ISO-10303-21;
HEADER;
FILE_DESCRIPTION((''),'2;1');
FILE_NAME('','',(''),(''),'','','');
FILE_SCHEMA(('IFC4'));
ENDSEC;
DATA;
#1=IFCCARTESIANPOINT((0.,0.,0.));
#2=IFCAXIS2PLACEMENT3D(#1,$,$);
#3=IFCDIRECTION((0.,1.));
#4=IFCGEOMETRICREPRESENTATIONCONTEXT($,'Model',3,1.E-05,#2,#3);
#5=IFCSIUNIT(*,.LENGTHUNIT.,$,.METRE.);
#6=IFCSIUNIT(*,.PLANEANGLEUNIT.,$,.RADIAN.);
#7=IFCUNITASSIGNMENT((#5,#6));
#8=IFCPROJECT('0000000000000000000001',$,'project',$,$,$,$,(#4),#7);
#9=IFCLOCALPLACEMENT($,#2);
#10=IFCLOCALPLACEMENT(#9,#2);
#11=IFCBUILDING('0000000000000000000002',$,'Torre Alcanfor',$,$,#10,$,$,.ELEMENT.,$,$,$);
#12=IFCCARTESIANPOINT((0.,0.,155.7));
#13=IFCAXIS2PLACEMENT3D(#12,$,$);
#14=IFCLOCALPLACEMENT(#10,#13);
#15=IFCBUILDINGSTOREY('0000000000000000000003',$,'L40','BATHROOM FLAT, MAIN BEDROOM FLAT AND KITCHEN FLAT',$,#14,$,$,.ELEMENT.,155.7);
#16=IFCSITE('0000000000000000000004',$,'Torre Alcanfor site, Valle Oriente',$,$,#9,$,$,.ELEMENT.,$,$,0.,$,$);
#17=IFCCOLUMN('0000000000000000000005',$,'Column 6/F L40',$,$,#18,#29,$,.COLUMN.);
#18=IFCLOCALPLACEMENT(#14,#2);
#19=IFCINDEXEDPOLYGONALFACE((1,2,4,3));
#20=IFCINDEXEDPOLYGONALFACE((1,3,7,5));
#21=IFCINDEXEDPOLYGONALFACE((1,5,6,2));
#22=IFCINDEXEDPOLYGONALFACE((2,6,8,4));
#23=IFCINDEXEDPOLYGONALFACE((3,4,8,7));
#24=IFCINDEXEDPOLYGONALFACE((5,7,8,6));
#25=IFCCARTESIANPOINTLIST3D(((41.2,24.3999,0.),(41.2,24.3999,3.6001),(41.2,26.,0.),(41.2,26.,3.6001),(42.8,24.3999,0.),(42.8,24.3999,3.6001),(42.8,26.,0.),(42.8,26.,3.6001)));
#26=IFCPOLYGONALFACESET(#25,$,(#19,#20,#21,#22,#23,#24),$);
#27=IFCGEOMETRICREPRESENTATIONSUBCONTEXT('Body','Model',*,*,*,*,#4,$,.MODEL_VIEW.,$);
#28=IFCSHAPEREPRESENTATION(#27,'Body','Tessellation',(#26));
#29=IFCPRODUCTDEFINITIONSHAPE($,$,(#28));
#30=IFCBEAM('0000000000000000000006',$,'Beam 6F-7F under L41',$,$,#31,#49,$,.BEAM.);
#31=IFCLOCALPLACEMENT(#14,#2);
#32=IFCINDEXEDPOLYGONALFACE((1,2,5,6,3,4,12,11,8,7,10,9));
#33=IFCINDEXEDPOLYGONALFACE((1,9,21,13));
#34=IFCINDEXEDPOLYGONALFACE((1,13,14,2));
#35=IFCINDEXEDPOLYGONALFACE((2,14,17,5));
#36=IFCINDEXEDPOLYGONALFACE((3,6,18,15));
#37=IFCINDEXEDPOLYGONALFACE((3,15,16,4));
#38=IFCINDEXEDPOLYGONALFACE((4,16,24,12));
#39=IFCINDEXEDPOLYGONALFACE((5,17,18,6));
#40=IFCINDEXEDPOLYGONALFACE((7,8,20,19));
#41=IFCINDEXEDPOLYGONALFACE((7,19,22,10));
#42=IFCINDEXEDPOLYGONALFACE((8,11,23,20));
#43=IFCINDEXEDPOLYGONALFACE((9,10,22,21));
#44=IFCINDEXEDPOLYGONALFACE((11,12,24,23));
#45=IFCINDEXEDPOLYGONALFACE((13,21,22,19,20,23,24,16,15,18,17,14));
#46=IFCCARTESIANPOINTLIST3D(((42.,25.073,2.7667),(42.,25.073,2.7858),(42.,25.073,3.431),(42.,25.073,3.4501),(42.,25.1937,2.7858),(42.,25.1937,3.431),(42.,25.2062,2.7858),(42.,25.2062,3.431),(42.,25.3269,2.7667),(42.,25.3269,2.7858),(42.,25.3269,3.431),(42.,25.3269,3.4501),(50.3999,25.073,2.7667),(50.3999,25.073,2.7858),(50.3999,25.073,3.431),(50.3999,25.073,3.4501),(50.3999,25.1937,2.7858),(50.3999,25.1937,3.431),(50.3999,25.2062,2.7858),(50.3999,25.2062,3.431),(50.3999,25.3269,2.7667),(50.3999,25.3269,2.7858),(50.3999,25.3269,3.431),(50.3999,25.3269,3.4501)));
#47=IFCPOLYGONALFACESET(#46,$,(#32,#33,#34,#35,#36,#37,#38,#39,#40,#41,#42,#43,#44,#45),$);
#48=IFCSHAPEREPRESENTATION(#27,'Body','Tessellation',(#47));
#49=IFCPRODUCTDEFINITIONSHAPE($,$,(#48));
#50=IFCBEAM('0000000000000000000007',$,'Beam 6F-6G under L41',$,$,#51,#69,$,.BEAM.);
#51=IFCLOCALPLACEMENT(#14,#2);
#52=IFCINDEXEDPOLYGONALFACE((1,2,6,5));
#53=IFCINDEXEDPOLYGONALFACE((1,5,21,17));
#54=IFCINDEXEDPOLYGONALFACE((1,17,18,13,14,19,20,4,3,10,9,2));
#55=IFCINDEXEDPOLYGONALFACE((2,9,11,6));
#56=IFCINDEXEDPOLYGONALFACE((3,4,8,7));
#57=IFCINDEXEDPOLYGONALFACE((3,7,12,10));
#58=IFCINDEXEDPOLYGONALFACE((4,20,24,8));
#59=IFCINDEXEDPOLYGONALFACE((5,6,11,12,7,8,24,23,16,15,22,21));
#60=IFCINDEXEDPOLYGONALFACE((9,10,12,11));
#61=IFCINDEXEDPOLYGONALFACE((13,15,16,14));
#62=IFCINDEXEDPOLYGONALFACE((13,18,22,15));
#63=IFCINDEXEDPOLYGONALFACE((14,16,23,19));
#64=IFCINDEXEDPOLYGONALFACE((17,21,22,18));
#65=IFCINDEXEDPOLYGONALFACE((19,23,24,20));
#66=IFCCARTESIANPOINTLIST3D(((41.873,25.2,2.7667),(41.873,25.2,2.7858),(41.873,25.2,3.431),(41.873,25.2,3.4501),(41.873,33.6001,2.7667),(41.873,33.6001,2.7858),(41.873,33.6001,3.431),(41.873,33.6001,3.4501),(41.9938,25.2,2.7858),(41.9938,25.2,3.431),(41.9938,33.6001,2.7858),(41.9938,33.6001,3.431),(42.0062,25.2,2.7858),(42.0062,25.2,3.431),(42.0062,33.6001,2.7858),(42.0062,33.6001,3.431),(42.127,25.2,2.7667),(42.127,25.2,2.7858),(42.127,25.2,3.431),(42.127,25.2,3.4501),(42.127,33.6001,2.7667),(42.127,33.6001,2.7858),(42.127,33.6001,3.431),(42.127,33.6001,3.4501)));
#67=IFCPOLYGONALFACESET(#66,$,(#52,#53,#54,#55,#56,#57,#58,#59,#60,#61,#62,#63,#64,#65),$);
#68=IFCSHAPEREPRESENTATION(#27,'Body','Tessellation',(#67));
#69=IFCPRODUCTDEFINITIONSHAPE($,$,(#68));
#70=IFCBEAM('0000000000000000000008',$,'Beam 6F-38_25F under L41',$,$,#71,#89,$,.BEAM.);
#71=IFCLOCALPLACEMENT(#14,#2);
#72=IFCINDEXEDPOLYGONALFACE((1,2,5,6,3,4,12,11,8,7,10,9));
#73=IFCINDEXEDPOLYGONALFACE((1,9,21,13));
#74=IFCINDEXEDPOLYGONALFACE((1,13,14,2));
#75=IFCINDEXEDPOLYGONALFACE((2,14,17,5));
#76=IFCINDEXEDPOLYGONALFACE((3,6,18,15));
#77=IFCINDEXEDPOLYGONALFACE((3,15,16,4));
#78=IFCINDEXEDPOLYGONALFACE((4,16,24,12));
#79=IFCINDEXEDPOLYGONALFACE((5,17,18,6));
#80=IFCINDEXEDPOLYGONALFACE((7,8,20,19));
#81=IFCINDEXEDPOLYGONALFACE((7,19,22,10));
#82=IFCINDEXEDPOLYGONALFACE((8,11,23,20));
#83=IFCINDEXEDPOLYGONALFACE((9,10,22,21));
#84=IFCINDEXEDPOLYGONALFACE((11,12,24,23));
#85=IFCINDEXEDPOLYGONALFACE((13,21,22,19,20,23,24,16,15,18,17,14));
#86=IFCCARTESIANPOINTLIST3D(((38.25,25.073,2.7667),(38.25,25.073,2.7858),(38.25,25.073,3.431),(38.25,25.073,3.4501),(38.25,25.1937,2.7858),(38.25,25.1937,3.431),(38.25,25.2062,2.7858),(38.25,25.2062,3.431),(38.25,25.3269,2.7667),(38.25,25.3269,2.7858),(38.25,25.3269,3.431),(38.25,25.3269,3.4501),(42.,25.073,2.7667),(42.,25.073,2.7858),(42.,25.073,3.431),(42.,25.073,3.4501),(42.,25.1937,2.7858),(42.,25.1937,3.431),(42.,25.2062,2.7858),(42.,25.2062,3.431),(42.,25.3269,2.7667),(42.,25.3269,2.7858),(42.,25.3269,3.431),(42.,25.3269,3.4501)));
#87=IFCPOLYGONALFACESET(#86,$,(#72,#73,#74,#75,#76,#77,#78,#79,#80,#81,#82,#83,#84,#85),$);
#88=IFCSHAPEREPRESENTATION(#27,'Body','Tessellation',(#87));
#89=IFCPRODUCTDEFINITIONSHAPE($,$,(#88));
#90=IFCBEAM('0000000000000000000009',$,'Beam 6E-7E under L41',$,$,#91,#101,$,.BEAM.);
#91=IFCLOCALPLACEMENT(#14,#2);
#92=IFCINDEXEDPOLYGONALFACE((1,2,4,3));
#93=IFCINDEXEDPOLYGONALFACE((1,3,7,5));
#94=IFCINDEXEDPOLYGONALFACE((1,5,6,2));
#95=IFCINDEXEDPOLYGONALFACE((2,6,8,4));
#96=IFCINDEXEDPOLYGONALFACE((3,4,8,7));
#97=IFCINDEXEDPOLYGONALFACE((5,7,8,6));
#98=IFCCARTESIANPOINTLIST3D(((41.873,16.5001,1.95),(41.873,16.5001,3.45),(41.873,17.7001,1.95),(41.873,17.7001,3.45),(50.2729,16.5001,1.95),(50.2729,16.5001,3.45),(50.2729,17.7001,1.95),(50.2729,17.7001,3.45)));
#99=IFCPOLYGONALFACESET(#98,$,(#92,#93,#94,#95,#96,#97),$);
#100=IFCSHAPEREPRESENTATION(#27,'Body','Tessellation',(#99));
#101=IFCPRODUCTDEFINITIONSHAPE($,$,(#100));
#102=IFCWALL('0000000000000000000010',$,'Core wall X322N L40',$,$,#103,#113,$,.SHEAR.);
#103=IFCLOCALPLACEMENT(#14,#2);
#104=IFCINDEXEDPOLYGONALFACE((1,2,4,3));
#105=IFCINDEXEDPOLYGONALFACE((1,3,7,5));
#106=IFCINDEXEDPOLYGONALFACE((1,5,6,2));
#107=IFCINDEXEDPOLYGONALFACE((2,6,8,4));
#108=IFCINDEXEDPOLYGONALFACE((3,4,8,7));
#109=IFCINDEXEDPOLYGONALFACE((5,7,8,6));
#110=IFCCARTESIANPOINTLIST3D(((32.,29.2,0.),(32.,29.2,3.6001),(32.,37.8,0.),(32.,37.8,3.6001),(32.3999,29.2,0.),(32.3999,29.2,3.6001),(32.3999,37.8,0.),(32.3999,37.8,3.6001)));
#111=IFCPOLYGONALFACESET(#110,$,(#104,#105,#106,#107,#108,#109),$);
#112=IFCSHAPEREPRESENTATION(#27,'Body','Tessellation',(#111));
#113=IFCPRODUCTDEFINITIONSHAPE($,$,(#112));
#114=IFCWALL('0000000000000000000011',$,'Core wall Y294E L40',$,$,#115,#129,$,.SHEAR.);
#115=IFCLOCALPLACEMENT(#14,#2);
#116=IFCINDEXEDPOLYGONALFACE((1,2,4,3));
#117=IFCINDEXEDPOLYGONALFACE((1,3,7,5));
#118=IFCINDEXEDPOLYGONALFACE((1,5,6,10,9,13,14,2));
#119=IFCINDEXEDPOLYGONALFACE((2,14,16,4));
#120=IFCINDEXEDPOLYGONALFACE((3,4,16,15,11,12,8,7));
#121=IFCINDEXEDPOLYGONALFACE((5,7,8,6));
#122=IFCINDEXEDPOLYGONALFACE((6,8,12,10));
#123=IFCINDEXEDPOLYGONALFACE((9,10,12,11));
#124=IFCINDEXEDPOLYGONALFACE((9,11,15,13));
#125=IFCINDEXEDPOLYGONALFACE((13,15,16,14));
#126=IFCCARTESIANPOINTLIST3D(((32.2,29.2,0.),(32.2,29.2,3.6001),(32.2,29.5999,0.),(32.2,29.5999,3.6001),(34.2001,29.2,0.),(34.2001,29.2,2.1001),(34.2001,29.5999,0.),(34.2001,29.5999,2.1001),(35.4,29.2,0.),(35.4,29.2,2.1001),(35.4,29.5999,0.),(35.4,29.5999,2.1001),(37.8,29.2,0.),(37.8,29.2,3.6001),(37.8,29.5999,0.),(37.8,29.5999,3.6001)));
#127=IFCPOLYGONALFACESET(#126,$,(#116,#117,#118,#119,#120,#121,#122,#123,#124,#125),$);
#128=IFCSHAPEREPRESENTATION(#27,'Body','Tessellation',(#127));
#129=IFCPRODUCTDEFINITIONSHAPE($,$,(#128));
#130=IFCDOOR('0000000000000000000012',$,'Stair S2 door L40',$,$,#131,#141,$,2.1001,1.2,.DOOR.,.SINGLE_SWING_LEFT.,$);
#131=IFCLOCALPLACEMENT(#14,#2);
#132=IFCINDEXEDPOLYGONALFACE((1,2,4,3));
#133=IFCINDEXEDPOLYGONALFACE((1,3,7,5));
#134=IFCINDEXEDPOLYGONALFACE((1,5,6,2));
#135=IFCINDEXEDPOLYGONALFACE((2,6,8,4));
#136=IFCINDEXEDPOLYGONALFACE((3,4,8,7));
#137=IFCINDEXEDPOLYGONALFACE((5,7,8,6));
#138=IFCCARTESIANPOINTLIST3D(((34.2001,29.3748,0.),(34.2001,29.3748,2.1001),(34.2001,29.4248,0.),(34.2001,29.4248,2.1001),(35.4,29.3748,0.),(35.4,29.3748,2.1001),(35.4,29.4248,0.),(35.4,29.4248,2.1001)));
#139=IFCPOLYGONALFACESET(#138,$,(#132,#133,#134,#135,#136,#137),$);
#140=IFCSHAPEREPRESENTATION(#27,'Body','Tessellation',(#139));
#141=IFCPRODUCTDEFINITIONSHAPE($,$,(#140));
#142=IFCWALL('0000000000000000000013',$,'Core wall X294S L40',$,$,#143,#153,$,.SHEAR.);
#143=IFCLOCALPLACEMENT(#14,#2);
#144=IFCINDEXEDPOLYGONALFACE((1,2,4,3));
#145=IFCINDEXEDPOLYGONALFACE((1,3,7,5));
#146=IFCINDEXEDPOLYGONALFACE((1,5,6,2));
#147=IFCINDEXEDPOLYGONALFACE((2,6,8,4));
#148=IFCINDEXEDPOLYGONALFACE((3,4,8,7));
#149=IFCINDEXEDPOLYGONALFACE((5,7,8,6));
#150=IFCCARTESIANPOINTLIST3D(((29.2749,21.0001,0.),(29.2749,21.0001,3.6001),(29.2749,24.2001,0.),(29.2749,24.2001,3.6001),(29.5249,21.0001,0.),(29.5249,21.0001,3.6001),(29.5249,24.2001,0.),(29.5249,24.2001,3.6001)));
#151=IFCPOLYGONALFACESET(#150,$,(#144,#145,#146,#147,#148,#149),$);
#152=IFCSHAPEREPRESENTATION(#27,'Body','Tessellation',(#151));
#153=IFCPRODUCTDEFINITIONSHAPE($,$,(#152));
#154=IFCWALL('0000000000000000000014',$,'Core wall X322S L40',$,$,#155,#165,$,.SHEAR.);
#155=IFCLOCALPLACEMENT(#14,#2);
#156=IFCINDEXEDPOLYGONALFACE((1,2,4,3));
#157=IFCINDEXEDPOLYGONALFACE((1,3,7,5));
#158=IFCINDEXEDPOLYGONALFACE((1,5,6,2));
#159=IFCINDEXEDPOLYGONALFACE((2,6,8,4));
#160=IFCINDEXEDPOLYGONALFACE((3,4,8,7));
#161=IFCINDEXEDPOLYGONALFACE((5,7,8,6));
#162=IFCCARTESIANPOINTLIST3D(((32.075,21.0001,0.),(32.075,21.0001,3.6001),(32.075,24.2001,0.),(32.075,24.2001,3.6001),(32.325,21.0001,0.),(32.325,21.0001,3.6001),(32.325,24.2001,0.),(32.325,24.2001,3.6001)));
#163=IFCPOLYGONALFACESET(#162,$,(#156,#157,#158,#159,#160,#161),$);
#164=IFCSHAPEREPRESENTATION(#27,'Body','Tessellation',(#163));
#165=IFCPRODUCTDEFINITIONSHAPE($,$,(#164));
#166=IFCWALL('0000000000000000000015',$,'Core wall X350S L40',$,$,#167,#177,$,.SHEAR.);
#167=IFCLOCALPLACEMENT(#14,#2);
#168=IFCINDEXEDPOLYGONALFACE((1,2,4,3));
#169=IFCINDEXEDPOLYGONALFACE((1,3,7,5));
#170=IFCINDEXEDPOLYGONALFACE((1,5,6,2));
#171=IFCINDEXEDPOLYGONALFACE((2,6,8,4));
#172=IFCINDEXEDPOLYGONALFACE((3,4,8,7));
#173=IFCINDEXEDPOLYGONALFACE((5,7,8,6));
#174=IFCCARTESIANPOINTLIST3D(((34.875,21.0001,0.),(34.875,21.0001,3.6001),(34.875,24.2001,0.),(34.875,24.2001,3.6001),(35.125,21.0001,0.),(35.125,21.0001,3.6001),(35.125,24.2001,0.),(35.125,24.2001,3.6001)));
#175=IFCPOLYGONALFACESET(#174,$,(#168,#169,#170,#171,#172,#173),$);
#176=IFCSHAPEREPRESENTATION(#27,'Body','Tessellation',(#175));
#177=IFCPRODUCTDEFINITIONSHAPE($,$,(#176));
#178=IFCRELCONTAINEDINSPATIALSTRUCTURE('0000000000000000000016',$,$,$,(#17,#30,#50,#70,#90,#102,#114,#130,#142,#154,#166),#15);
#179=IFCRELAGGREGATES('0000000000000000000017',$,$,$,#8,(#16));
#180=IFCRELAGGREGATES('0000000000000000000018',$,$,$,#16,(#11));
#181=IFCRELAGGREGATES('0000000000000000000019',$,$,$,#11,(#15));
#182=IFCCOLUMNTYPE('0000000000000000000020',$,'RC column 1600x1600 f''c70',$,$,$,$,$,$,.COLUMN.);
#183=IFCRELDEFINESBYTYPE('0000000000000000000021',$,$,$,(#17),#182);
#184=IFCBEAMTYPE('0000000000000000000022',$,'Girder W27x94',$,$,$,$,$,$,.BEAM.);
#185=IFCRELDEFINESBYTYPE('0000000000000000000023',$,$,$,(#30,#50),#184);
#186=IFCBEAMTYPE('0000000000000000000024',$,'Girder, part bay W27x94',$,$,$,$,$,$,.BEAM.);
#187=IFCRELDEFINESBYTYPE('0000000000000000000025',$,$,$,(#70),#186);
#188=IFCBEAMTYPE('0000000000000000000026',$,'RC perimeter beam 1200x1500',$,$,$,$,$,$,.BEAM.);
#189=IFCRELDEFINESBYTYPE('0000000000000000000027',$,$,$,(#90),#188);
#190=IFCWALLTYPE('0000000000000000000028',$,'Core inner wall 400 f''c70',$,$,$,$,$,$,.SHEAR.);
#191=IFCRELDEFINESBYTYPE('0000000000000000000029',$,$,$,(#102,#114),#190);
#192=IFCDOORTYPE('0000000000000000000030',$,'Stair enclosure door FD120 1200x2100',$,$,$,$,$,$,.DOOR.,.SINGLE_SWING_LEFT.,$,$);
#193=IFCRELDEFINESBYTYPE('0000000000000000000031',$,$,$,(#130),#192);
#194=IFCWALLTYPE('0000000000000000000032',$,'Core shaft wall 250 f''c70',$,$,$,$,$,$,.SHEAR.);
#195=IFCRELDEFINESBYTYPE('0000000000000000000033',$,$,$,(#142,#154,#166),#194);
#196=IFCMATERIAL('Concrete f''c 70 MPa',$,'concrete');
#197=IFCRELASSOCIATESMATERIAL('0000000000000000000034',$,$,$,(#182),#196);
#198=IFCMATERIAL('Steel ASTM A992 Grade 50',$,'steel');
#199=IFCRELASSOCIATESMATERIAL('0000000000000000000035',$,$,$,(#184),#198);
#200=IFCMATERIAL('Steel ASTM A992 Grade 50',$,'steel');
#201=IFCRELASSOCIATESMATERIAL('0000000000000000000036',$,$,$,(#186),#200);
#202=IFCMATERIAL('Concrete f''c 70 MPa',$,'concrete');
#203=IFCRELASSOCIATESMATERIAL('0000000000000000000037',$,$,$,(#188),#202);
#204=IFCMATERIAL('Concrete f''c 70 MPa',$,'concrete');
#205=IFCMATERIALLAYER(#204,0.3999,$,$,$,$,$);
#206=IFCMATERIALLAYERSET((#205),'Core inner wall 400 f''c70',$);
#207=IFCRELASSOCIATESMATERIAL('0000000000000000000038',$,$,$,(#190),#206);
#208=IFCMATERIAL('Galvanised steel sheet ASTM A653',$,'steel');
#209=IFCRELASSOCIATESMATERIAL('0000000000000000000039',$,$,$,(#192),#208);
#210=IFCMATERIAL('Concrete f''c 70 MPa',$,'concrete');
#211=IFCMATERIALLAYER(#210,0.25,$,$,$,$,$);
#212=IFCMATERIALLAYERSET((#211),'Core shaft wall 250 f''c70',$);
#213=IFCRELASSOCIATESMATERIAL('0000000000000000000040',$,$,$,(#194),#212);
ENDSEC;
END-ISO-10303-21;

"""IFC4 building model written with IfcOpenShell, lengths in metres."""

from ifc_helpers import new_model, si_unit, direction, frame, frame_2d, origin, origin_2d, place, context, subcontext, project, spatial, rectangle, i_section, extrude, material, layer, layer_set, material_profile, profile_set, type_object, element, fill, save


model = new_model("IFC4")

# Units and contexts
model_context = context("Model", 3, precision=1e-05, world=origin(), true_north=direction((0.0, 1.0)))
body_context = subcontext(model_context, "Body", "Model", "MODEL_VIEW")
ifc_project = project(units=[si_unit("LENGTHUNIT", "METRE"), si_unit("PLANEANGLEUNIT", "RADIAN")], contexts=[model_context])

# Site, building, storey
site_placement = place(None, origin())
site = spatial("IfcSite", under=ifc_project, at=site_placement, Name="Torre Alcanfor site, Valle Oriente", CompositionType="ELEMENT", RefElevation=0.0)
building_placement = place(site_placement, origin())
building = spatial("IfcBuilding", under=site, at=building_placement, Name="Torre Alcanfor", CompositionType="ELEMENT")
storey_placement = place(building_placement, frame((0.0, 0.0, 155.7)))
storey = spatial("IfcBuildingStorey", under=building, at=storey_placement, Name="L40", Description="BATHROOM FLAT, MAIN BEDROOM FLAT AND KITCHEN FLAT", CompositionType="ELEMENT", Elevation=155.7)

# Column
ifc_material_1 = material(Name="Concrete f'c 70 MPa", Category="concrete")
ifc_material_profile_1 = material_profile(ifc_material_1, rectangle(XDim=1.6001, YDim=1.6001, at=origin_2d()), Name="1600x1600")
ifc_profile_set_1 = profile_set([ifc_material_profile_1], Name="Concrete f'c 70 MPa")
column_type = type_object("IfcColumnType", Name="RC column 1600x1600 f'c70", PredefinedType="COLUMN", material=ifc_profile_set_1)
column_placement = place(storey_placement, frame((42.0, 25.2, 0.0), z_axis=(0.0, 0.0, 1.0), x_axis=(1.0, 0.0, 0.0)))
element("IfcColumn", 1, at=column_placement, inside=storey, type_object=column_type, Name="Column 6/F L40", PredefinedType="COLUMN", context=body_context, shape_type="SweptSolid", body=[
    extrude(rectangle(XDim=1.6001, YDim=1.6001, at=origin_2d()), origin(), (0.0, 0.0, 1.0), 3.6001),
])

# Beams
ifc_material_2 = material(Name="Steel ASTM A992 Grade 50", Category="steel")
ifc_material_profile_2 = material_profile(ifc_material_2, i_section(OverallWidth=0.2539, OverallDepth=0.6833, WebThickness=0.0125, FlangeThickness=0.019, at=origin_2d()), Name="W27x94")
ifc_profile_set_2 = profile_set([ifc_material_profile_2], Name="Steel ASTM A992 Grade 50")
beam_type_1 = type_object("IfcBeamType", Name="Girder W27x94", PredefinedType="BEAM", material=ifc_profile_set_2)
beam_1_placement = place(storey_placement, frame((42.0, 25.2, 3.1084), z_axis=(1.0, 0.0, 0.0), x_axis=(0.0, 1.0, 0.0)))
element("IfcBeam", 2, at=beam_1_placement, inside=storey, type_object=beam_type_1, Name="Beam 6F-7F under L41", PredefinedType="BEAM", context=body_context, shape_type="SweptSolid", body=[
    extrude(i_section(OverallWidth=0.2539, OverallDepth=0.6833, WebThickness=0.0125, FlangeThickness=0.019, at=origin_2d()), origin(), (0.0, 0.0, 1.0), 8.3999),
])
beam_2_placement = place(storey_placement, frame((42.0, 25.2, 3.1084), z_axis=(0.0, 1.0, 0.0), x_axis=(-1.0, 0.0, 0.0)))
element("IfcBeam", 3, at=beam_2_placement, inside=storey, type_object=beam_type_1, Name="Beam 6F-6G under L41", PredefinedType="BEAM", context=body_context, shape_type="SweptSolid", body=[
    extrude(i_section(OverallWidth=0.2539, OverallDepth=0.6833, WebThickness=0.0125, FlangeThickness=0.019, at=origin_2d()), origin(), (0.0, 0.0, 1.0), 8.4001),
])
ifc_material_3 = material(Name="Steel ASTM A992 Grade 50", Category="steel")
ifc_material_profile_3 = material_profile(ifc_material_3, i_section(OverallWidth=0.2539, OverallDepth=0.6833, WebThickness=0.0125, FlangeThickness=0.019, at=origin_2d()), Name="W27x94")
ifc_profile_set_3 = profile_set([ifc_material_profile_3], Name="Steel ASTM A992 Grade 50")
beam_type_2 = type_object("IfcBeamType", Name="Girder, part bay W27x94", PredefinedType="BEAM", material=ifc_profile_set_3)
beam_3_placement = place(storey_placement, frame((42.0, 25.2, 3.1084), z_axis=(-1.0, 0.0, 0.0), x_axis=(0.0, -1.0, 0.0)))
element("IfcBeam", 4, at=beam_3_placement, inside=storey, type_object=beam_type_2, Name="Beam 6F-38_25F under L41", PredefinedType="BEAM", context=body_context, shape_type="SweptSolid", body=[
    extrude(i_section(OverallWidth=0.2539, OverallDepth=0.6833, WebThickness=0.0125, FlangeThickness=0.019, at=origin_2d()), origin(), (0.0, 0.0, 1.0), 3.75),
])
ifc_material_4 = material(Name="Concrete f'c 70 MPa", Category="concrete")
ifc_material_profile_4 = material_profile(ifc_material_4, rectangle(XDim=1.2, YDim=1.5, at=origin_2d()), Name="1200x1500")
ifc_profile_set_4 = profile_set([ifc_material_profile_4], Name="Concrete f'c 70 MPa")
beam_type_3 = type_object("IfcBeamType", Name="RC perimeter beam 1200x1500", PredefinedType="BEAM", material=ifc_profile_set_4)
beam_4_placement = place(storey_placement, frame((41.873, 17.1001, 2.7), z_axis=(1.0, 0.0, 0.0), x_axis=(0.0, 1.0, 0.0)))
element("IfcBeam", 5, at=beam_4_placement, inside=storey, type_object=beam_type_3, Name="Beam 6E-7E under L41", PredefinedType="BEAM", context=body_context, shape_type="SweptSolid", body=[
    extrude(rectangle(XDim=1.2, YDim=1.5, at=origin_2d()), origin(), (0.0, 0.0, 1.0), 8.3999),
])

# Wall
ifc_material_5 = material(Name="Concrete f'c 70 MPa", Category="concrete")
ifc_layer_1 = layer(ifc_material_5, 0.3999)
ifc_layer_set_1 = layer_set([ifc_layer_1], Name="Core inner wall 400 f'c70")
wall_type_1 = type_object("IfcWallType", Name="Core inner wall 400 f'c70", PredefinedType="SHEAR", material=ifc_layer_set_1)
wall_1_placement = place(storey_placement, frame((32.2, 29.2, 0.0), z_axis=(0.0, 0.0, 1.0), x_axis=(0.0, 1.0, 0.0)))
element("IfcWall", 6, at=wall_1_placement, inside=storey, type_object=wall_type_1, Name="Core wall X322N L40", PredefinedType="SHEAR", context=body_context, shape_type="SweptSolid", body=[
    extrude(rectangle(XDim=8.6001, YDim=0.3999, at=frame_2d((4.3, 0.0))), origin(), (0.0, 0.0, 1.0), 3.6001),
])

# Wall, opening, door
wall_2_placement = place(storey_placement, frame((32.2, 29.3999, 0.0), z_axis=(0.0, 0.0, 1.0), x_axis=(1.0, 0.0, 0.0)))
wall_2 = element("IfcWall", 7, at=wall_2_placement, inside=storey, type_object=wall_type_1, Name="Core wall Y294E L40", PredefinedType="SHEAR", context=body_context, shape_type="SweptSolid", body=[
    extrude(rectangle(XDim=5.6001, YDim=0.3999, at=frame_2d((2.8, 0.0))), origin(), (0.0, 0.0, 1.0), 3.6001),
])
opening_1_placement = place(wall_2_placement, frame((2.0, 0.0, 0.0)))
opening_1 = element("IfcOpeningElement", 8, at=opening_1_placement, cuts=wall_2, PredefinedType="OPENING", context=body_context, shape_type="SweptSolid", body=[
    extrude(rectangle(XDim=1.2, YDim=2.1001, at=frame_2d((0.6001, 1.05))), frame((0.0, 0.21, 0.0), z_axis=(0.0, -1.0, 0.0), x_axis=(1.0, 0.0, 0.0)), (0.0, 0.0, 1.0), 0.4199),
])
ifc_material_6 = material(Name="Galvanised steel sheet ASTM A653", Category="steel")
door_type_1 = type_object("IfcDoorType", Name="Stair enclosure door FD120 1200x2100", OperationType="SINGLE_SWING_LEFT", PredefinedType="DOOR", material=ifc_material_6)
door_1_placement = place(opening_1_placement, origin())
door_1 = element("IfcDoor", 9, at=door_1_placement, inside=storey, type_object=door_type_1, Name="Stair S2 door L40", OperationType="SINGLE_SWING_LEFT", OverallHeight=2.1001, OverallWidth=1.2, PredefinedType="DOOR", context=body_context, shape_type="SweptSolid", body=[
    extrude(rectangle(XDim=1.2, YDim=2.1001, at=frame_2d((0.6001, 1.05))), frame((0.0, 0.0249, 0.0), z_axis=(0.0, -1.0, 0.0), x_axis=(1.0, 0.0, 0.0)), (0.0, 0.0, 1.0), 0.05),
])
fill(opening_1, door_1)

# Walls
ifc_material_7 = material(Name="Concrete f'c 70 MPa", Category="concrete")
ifc_layer_2 = layer(ifc_material_7, 0.25)
ifc_layer_set_2 = layer_set([ifc_layer_2], Name="Core shaft wall 250 f'c70")
wall_type_2 = type_object("IfcWallType", Name="Core shaft wall 250 f'c70", PredefinedType="SHEAR", material=ifc_layer_set_2)
for number, where, z_axis, x_axis, name in (
    (10, (29.3999, 21.0, 0.0), (0.0, 0.0, 1.0), (0.0, 1.0, 0.0), "Core wall X294S L40"),
    (11, (32.2, 21.0, 0.0), (0.0, 0.0, 1.0), (0.0, 1.0, 0.0), "Core wall X322S L40"),
    (12, (35.0, 21.0, 0.0), (0.0, 0.0, 1.0), (0.0, 1.0, 0.0), "Core wall X350S L40"),
):
    element("IfcWall", number, at=place(storey_placement, frame(where, z_axis=z_axis, x_axis=x_axis)), inside=storey, type_object=wall_type_2, Name=name, PredefinedType="SHEAR", context=body_context, shape_type="SweptSolid", body=[
        extrude(rectangle(XDim=3.2, YDim=0.25, at=frame_2d((1.6001, 0.0))), origin(), (0.0, 0.0, 1.0), 3.6001),
    ])

save(model, "model.ifc")
